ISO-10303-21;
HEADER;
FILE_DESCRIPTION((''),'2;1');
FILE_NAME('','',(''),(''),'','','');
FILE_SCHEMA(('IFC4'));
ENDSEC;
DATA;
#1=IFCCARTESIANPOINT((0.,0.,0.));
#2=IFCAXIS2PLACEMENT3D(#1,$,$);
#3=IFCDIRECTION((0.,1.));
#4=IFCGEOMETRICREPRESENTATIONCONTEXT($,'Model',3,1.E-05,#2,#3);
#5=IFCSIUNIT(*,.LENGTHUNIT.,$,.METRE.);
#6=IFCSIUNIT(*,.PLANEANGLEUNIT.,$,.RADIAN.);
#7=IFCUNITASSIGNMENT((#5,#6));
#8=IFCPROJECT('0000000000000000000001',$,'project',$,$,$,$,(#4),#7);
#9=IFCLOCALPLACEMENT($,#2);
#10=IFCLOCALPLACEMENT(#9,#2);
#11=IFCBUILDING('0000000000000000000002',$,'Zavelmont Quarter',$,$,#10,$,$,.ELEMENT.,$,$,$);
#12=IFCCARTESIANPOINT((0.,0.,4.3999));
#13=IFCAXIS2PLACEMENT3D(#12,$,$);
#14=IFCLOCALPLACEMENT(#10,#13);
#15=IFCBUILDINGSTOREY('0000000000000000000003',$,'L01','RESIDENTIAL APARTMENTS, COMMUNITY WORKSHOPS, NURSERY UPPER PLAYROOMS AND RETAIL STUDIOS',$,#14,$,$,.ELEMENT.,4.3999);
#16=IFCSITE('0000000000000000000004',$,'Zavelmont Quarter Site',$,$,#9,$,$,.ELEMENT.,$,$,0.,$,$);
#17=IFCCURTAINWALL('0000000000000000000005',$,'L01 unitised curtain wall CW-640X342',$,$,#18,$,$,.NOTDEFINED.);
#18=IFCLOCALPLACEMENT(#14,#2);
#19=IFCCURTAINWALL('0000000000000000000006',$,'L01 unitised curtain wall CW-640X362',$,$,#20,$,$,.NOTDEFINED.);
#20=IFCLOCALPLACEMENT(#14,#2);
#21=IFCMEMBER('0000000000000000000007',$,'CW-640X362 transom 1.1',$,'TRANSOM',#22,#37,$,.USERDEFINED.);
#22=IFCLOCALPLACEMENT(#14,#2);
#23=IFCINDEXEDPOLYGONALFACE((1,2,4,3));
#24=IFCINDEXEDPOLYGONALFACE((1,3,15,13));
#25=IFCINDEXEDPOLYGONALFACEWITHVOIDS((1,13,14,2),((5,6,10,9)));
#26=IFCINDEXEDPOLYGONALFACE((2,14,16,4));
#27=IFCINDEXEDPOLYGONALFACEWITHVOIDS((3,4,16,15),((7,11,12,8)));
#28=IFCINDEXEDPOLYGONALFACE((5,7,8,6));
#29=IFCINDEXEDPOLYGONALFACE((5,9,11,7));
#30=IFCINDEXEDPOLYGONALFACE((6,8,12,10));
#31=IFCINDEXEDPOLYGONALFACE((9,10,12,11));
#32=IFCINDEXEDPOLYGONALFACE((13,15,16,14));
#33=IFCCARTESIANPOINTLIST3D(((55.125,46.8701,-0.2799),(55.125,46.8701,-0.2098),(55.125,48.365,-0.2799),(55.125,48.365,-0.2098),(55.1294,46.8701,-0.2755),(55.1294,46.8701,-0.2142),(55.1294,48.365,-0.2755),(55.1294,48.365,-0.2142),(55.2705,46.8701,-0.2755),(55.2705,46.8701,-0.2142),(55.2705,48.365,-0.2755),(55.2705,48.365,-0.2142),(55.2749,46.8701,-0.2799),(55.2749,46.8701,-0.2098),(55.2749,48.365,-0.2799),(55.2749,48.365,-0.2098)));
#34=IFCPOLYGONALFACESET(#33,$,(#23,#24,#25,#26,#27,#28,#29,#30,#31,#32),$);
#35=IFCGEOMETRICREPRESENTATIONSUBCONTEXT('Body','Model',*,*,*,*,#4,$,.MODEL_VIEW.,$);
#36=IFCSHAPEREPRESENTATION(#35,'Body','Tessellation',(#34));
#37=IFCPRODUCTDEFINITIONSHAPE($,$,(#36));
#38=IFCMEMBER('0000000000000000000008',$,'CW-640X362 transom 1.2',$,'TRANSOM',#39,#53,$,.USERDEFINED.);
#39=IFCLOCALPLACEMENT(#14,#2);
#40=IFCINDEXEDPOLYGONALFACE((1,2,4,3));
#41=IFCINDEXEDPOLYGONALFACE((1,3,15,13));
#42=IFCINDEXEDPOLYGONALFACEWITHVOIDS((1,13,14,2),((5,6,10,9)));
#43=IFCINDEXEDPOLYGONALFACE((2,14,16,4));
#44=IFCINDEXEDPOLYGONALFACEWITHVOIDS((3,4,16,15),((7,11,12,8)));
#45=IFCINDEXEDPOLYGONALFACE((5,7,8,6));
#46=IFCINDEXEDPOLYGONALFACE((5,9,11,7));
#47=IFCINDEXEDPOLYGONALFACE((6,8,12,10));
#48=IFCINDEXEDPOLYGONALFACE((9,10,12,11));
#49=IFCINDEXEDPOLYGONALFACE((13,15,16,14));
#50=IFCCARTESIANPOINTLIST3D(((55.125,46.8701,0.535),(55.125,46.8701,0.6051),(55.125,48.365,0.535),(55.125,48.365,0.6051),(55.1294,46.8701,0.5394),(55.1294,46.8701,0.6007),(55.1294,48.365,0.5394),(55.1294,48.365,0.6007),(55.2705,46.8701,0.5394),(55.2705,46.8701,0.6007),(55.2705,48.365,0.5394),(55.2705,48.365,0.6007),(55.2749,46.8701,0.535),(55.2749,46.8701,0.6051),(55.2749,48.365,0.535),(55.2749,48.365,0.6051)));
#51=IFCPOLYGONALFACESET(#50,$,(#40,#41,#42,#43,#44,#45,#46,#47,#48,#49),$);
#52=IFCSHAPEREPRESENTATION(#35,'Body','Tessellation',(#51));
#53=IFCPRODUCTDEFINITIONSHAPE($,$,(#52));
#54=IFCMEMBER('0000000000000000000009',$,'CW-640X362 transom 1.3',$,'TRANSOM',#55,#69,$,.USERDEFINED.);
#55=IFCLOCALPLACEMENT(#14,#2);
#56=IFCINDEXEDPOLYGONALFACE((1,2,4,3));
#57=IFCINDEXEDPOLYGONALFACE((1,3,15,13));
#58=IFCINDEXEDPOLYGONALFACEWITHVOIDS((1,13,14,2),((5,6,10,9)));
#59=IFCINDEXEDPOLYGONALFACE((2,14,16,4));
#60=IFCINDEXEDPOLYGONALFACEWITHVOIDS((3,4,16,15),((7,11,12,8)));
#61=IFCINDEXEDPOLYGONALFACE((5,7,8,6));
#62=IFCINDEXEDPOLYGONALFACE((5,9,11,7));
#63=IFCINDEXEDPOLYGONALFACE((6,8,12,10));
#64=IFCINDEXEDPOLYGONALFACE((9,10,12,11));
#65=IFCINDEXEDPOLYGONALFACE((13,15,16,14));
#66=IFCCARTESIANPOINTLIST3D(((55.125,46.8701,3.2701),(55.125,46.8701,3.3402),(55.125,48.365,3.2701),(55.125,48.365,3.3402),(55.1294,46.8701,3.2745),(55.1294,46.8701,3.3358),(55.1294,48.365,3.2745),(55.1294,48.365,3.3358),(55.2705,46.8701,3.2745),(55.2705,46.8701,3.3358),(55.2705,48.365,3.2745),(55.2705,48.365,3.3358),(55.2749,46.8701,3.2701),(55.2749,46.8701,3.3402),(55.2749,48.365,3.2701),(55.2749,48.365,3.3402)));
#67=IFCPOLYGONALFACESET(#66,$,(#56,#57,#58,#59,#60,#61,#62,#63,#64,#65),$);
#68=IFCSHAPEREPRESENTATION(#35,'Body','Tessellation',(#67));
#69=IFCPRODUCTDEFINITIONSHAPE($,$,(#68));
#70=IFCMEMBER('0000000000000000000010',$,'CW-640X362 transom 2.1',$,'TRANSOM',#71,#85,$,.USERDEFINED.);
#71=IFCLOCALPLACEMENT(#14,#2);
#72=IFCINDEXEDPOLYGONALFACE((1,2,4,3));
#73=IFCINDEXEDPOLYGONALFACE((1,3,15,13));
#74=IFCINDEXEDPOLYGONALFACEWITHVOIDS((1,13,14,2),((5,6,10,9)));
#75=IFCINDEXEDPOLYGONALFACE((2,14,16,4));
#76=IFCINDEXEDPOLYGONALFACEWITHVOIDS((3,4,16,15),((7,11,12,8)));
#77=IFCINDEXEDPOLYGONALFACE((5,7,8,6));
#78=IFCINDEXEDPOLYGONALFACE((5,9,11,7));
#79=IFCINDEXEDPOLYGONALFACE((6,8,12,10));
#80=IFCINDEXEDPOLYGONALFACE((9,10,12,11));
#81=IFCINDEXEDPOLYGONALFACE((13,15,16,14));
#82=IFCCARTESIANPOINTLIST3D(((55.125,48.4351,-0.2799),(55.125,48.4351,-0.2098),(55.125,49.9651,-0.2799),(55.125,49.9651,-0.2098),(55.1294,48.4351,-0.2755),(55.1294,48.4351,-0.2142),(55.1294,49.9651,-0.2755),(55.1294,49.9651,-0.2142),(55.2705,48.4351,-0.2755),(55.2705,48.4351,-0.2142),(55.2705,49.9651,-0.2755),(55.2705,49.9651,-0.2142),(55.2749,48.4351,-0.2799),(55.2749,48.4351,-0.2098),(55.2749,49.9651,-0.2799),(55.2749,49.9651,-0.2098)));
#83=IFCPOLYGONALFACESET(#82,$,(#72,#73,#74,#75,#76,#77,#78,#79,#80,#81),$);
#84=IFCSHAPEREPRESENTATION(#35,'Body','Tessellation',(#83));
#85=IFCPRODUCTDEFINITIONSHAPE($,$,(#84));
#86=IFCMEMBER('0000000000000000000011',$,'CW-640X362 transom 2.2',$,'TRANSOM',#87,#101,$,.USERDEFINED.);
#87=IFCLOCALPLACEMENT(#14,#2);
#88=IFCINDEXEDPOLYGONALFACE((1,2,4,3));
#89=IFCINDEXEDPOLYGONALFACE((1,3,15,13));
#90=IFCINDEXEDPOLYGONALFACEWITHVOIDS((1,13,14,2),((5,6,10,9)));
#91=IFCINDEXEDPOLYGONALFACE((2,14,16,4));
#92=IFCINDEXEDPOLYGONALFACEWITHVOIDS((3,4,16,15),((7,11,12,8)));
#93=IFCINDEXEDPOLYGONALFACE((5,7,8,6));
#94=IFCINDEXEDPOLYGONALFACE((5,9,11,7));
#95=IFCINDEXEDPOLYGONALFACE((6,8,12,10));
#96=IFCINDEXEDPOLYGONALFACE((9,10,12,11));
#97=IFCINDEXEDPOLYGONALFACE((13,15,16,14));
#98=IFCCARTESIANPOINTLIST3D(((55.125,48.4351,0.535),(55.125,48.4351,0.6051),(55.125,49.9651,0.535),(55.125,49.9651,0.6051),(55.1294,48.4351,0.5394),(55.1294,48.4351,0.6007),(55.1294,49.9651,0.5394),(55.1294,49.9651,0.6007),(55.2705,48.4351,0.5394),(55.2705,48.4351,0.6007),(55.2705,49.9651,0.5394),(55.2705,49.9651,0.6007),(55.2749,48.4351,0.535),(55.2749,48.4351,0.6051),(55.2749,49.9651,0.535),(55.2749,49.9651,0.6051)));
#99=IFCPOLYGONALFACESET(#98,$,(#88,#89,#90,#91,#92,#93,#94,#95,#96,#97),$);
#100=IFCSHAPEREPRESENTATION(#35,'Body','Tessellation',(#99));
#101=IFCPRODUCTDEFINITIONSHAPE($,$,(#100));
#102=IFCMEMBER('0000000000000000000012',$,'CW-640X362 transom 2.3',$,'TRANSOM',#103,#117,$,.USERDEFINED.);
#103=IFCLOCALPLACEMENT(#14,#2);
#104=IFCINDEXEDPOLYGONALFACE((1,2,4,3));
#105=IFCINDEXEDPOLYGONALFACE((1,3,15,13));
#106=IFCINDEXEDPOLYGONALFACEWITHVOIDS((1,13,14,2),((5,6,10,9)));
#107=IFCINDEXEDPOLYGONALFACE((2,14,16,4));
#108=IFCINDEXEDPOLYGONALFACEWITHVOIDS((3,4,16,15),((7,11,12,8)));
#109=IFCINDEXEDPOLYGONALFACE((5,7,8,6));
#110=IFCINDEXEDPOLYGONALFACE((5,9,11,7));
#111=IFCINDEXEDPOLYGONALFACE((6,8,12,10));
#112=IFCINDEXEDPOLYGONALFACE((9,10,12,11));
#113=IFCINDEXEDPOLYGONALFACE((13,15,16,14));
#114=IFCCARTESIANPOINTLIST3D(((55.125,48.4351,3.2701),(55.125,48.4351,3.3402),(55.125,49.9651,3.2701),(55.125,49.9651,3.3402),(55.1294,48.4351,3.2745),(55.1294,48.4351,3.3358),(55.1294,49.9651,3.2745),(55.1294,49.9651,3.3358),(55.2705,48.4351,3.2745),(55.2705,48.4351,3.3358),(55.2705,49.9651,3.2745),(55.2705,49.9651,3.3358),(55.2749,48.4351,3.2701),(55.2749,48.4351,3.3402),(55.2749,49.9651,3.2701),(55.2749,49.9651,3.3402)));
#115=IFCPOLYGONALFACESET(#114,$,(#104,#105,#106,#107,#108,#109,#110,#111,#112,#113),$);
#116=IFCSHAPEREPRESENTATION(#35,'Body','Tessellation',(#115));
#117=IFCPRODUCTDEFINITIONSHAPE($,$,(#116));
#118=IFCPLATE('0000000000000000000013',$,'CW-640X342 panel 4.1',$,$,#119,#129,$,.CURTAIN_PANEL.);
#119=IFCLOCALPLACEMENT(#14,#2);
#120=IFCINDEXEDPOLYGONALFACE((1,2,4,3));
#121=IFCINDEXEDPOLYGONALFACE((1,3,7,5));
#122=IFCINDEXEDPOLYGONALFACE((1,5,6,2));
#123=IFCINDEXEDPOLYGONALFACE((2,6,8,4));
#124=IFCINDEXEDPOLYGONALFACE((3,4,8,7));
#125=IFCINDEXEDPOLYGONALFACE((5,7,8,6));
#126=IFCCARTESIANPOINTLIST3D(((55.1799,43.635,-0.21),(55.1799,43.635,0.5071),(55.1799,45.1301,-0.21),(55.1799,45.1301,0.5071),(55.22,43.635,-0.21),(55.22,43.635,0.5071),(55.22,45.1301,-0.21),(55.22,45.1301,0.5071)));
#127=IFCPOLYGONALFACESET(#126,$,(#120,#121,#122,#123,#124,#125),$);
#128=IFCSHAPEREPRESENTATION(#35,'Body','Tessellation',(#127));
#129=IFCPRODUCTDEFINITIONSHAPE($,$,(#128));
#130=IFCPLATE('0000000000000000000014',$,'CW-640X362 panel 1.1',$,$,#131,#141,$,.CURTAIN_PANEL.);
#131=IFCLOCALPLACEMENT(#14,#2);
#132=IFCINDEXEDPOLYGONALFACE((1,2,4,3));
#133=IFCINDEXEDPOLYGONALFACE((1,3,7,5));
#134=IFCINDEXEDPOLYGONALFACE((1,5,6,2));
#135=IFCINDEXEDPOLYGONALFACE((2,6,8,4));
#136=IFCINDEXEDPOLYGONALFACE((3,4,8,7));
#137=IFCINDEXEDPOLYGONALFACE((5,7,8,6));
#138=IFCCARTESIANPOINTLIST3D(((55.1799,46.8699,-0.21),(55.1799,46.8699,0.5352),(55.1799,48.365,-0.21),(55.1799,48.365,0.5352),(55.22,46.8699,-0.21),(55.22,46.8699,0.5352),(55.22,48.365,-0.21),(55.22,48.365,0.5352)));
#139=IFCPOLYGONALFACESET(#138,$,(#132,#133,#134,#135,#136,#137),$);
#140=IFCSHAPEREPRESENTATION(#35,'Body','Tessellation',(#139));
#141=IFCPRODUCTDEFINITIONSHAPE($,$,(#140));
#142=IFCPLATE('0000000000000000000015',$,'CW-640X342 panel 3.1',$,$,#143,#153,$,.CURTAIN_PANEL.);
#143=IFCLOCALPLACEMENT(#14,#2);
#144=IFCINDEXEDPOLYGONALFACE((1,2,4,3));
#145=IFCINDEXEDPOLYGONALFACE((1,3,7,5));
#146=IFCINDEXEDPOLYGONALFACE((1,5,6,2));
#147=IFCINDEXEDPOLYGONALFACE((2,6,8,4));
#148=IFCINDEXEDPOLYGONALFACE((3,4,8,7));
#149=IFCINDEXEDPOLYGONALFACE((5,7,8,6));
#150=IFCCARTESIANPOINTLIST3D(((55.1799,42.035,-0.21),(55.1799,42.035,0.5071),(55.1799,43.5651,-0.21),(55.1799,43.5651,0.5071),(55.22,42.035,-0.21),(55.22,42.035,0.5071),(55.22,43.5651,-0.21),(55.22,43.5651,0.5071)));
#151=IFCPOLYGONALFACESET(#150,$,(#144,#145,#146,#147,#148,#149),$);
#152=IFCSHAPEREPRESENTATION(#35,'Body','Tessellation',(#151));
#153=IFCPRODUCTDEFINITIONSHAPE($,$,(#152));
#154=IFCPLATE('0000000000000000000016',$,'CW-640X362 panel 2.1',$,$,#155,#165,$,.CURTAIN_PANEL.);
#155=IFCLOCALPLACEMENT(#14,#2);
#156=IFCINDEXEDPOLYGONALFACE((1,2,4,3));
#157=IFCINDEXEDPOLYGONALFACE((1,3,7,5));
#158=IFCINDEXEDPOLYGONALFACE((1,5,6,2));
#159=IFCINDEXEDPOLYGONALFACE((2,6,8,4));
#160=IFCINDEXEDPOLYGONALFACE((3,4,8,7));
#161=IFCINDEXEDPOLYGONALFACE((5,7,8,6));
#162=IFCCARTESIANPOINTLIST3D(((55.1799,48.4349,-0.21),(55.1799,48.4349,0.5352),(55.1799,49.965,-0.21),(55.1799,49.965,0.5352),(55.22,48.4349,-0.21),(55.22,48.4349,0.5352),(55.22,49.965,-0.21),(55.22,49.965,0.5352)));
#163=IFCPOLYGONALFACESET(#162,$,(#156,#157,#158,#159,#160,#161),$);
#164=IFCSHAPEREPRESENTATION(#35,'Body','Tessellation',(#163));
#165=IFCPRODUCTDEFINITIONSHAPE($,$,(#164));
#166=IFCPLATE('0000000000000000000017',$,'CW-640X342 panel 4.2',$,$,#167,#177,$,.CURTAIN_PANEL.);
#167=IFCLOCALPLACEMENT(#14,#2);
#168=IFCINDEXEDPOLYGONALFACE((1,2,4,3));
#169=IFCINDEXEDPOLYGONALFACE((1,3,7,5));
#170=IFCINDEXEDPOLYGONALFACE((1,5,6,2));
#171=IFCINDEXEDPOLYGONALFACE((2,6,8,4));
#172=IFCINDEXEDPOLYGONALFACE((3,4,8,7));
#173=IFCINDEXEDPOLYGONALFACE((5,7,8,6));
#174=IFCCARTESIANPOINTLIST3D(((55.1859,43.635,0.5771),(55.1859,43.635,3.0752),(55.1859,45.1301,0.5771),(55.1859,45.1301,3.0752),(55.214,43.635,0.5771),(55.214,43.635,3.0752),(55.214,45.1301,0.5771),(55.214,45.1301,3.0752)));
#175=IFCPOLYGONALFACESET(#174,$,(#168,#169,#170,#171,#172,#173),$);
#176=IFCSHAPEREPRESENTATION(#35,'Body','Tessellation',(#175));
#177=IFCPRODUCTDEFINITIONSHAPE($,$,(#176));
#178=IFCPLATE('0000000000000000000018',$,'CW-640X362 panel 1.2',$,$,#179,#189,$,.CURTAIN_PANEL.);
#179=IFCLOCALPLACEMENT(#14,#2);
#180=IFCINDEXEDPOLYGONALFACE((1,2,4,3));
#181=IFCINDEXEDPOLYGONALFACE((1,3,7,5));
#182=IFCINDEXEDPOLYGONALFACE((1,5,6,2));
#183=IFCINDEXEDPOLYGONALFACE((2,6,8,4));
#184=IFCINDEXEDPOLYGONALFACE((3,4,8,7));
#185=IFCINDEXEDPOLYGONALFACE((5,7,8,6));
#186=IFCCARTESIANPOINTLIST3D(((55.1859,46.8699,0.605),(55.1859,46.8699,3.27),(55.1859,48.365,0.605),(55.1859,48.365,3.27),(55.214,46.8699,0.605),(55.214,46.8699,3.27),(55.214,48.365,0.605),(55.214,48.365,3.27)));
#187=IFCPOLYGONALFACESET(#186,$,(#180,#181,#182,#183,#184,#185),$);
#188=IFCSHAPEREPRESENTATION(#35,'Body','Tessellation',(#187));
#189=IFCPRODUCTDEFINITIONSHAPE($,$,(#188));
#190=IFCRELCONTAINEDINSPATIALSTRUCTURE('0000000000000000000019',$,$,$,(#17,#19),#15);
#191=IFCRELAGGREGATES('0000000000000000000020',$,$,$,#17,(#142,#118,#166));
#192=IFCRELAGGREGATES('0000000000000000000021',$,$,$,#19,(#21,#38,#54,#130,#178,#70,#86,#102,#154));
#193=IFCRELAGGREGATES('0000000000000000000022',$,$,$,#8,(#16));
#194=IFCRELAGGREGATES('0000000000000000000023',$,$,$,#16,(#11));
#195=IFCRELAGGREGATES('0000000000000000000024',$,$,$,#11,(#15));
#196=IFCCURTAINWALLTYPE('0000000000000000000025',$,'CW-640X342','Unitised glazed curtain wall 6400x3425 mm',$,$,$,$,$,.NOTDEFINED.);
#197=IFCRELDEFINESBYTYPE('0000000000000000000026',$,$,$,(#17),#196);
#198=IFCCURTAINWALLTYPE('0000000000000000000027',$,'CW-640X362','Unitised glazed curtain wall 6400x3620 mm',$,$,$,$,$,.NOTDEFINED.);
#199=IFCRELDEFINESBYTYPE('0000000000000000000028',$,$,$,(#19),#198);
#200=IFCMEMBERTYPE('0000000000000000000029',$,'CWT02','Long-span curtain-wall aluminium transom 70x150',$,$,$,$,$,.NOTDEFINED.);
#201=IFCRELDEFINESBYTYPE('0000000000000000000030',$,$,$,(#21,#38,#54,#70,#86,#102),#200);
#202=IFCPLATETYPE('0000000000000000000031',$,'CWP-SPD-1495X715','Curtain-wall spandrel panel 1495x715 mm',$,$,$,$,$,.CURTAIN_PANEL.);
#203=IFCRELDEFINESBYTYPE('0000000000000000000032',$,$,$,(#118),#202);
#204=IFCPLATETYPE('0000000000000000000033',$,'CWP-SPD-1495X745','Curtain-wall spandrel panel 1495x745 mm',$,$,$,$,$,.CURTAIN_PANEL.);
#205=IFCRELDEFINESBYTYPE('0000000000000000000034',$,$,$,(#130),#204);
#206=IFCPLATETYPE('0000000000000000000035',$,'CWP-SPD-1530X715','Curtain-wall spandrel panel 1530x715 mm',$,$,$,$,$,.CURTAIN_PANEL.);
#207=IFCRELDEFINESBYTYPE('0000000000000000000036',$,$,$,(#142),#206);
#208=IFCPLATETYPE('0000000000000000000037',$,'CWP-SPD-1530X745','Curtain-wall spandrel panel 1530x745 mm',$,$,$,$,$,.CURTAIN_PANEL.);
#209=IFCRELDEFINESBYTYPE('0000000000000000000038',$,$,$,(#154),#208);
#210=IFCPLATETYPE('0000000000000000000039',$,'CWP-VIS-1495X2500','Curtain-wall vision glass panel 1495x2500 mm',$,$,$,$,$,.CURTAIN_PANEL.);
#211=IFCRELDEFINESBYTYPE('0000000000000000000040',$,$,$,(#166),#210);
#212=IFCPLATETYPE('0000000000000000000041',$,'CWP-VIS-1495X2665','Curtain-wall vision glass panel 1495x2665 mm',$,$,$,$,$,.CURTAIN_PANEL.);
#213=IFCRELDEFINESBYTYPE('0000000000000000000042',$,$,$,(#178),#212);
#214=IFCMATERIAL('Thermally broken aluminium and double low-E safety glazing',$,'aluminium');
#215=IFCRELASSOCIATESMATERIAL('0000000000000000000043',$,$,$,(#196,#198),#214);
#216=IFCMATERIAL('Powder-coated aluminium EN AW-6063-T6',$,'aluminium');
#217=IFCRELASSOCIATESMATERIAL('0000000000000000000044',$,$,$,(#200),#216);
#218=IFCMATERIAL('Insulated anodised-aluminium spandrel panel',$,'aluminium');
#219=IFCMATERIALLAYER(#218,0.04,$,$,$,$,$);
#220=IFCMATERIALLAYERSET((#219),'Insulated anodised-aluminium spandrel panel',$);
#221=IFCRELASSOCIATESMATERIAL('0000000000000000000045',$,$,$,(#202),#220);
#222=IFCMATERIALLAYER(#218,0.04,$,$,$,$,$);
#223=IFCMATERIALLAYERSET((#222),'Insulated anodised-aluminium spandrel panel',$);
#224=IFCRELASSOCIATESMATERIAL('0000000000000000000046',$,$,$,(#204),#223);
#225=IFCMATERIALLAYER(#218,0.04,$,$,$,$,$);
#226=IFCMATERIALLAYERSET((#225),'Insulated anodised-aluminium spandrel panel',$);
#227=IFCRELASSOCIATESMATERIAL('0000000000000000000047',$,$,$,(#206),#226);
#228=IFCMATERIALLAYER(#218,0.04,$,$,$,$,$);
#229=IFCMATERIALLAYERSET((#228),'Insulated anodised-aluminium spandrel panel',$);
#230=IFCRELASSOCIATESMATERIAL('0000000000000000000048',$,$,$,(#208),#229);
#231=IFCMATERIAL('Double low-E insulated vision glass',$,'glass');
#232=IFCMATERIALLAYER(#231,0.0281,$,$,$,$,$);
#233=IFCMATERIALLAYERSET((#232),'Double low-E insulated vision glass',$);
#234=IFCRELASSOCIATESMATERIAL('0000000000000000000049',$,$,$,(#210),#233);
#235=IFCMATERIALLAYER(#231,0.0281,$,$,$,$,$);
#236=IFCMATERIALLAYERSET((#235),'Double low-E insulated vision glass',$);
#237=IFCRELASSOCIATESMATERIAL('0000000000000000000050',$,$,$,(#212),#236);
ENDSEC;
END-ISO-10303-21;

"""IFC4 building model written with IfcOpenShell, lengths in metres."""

from ifc_helpers import new_model, si_unit, direction, frame, origin, origin_2d, place, context, subcontext, project, spatial, rectangle, hollow_rectangle, extrude, material, layer, layer_set, material_profile, profile_set, type_object, element, aggregate, save


model = new_model("IFC4")

# Units and contexts
model_context = context("Model", 3, precision=1e-05, world=origin(), true_north=direction((0.0, 1.0)))
body_context = subcontext(model_context, "Body", "Model", "MODEL_VIEW")
ifc_project = project(units=[si_unit("LENGTHUNIT", "METRE"), si_unit("PLANEANGLEUNIT", "RADIAN")], contexts=[model_context])

# Site, building, storey
site_placement = place(None, origin())
site = spatial("IfcSite", under=ifc_project, at=site_placement, Name="Zavelmont Quarter Site", CompositionType="ELEMENT", RefElevation=0.0)
building_placement = place(site_placement, origin())
building = spatial("IfcBuilding", under=site, at=building_placement, Name="Zavelmont Quarter", CompositionType="ELEMENT")
storey_placement = place(building_placement, frame((0.0, 0.0, 4.3999)))
storey = spatial("IfcBuildingStorey", under=building, at=storey_placement, Name="L01", Description="RESIDENTIAL APARTMENTS, COMMUNITY WORKSHOPS, NURSERY UPPER PLAYROOMS AND RETAIL STUDIOS", CompositionType="ELEMENT", Elevation=4.3999)

# Curtain walls
ifc_material_1 = material(Name="Thermally broken aluminium and double low-E safety glazing", Category="aluminium")
curtain_wall_type_1 = type_object("IfcCurtainWallType", Name="CW-640X342", Description="Unitised glazed curtain wall 6400x3425 mm", PredefinedType="NOTDEFINED", material=ifc_material_1)
curtain_wall_1_placement = place(storey_placement, origin())
curtain_wall_1 = element("IfcCurtainWall", 1, at=curtain_wall_1_placement, inside=storey, type_object=curtain_wall_type_1, Name="L01 unitised curtain wall CW-640X342", PredefinedType="NOTDEFINED")
ifc_material_2 = material(Name="Powder-coated aluminium EN AW-6063-T6", Category="aluminium")
curtain_wall_type_2 = type_object("IfcCurtainWallType", Name="CW-640X362", Description="Unitised glazed curtain wall 6400x3620 mm", PredefinedType="NOTDEFINED", material=ifc_material_1)
curtain_wall_2_placement = place(storey_placement, origin())
curtain_wall_2 = element("IfcCurtainWall", 2, at=curtain_wall_2_placement, inside=storey, type_object=curtain_wall_type_2, Name="L01 unitised curtain wall CW-640X362", PredefinedType="NOTDEFINED")

# Members
ifc_material_profile_1 = material_profile(ifc_material_2, hollow_rectangle(XDim=0.1499, YDim=0.0701, WallThickness=0.0044, at=origin_2d()), Name="CWT70X150")
ifc_profile_set_1 = profile_set([ifc_material_profile_1], Name="Powder-coated aluminium EN AW-6063-T6")
member_type_1 = type_object("IfcMemberType", Name="CWT02", Description="Long-span curtain-wall aluminium transom 70x150", PredefinedType="NOTDEFINED", material=ifc_profile_set_1)
member_1_placement = place(storey_placement, frame((55.2, 46.8701, -0.2449), z_axis=(0.0, 1.0, 0.0), x_axis=(-1.0, 0.0, 0.0)))
member_1 = element("IfcMember", 3, at=member_1_placement, type_object=member_type_1, Name="CW-640X362 transom 1.1", ObjectType="TRANSOM", PredefinedType="USERDEFINED", context=body_context, shape_type="SweptSolid", body=[
    extrude(hollow_rectangle(XDim=0.1499, YDim=0.0701, WallThickness=0.0044, at=origin_2d()), origin(), (0.0, 0.0, 1.0), 1.4949),
])
member_2_placement = place(storey_placement, frame((55.2, 46.8701, 0.5701), z_axis=(0.0, 1.0, 0.0), x_axis=(-1.0, 0.0, 0.0)))
member_2 = element("IfcMember", 4, at=member_2_placement, type_object=member_type_1, Name="CW-640X362 transom 1.2", ObjectType="TRANSOM", PredefinedType="USERDEFINED", context=body_context, shape_type="SweptSolid", body=[
    extrude(hollow_rectangle(XDim=0.1499, YDim=0.0701, WallThickness=0.0044, at=origin_2d()), origin(), (0.0, 0.0, 1.0), 1.4949),
])
member_3_placement = place(storey_placement, frame((55.2, 46.8701, 3.3052), z_axis=(0.0, 1.0, 0.0), x_axis=(-1.0, 0.0, 0.0)))
member_3 = element("IfcMember", 5, at=member_3_placement, type_object=member_type_1, Name="CW-640X362 transom 1.3", ObjectType="TRANSOM", PredefinedType="USERDEFINED", context=body_context, shape_type="SweptSolid", body=[
    extrude(hollow_rectangle(XDim=0.1499, YDim=0.0701, WallThickness=0.0044, at=origin_2d()), origin(), (0.0, 0.0, 1.0), 1.4949),
])
member_4_placement = place(storey_placement, frame((55.2, 48.4351, -0.2449), z_axis=(0.0, 1.0, 0.0), x_axis=(-1.0, 0.0, 0.0)))
member_4 = element("IfcMember", 6, at=member_4_placement, type_object=member_type_1, Name="CW-640X362 transom 2.1", ObjectType="TRANSOM", PredefinedType="USERDEFINED", context=body_context, shape_type="SweptSolid", body=[
    extrude(hollow_rectangle(XDim=0.1499, YDim=0.0701, WallThickness=0.0044, at=origin_2d()), origin(), (0.0, 0.0, 1.0), 1.53),
])
member_5_placement = place(storey_placement, frame((55.2, 48.4351, 0.5701), z_axis=(0.0, 1.0, 0.0), x_axis=(-1.0, 0.0, 0.0)))
member_5 = element("IfcMember", 7, at=member_5_placement, type_object=member_type_1, Name="CW-640X362 transom 2.2", ObjectType="TRANSOM", PredefinedType="USERDEFINED", context=body_context, shape_type="SweptSolid", body=[
    extrude(hollow_rectangle(XDim=0.1499, YDim=0.0701, WallThickness=0.0044, at=origin_2d()), origin(), (0.0, 0.0, 1.0), 1.53),
])
member_6_placement = place(storey_placement, frame((55.2, 48.4351, 3.3052), z_axis=(0.0, 1.0, 0.0), x_axis=(-1.0, 0.0, 0.0)))
member_6 = element("IfcMember", 8, at=member_6_placement, type_object=member_type_1, Name="CW-640X362 transom 2.3", ObjectType="TRANSOM", PredefinedType="USERDEFINED", context=body_context, shape_type="SweptSolid", body=[
    extrude(hollow_rectangle(XDim=0.1499, YDim=0.0701, WallThickness=0.0044, at=origin_2d()), origin(), (0.0, 0.0, 1.0), 1.53),
])

# Plates
ifc_material_3 = material(Name="Insulated anodised-aluminium spandrel panel", Category="aluminium")
ifc_layer_1 = layer(ifc_material_3, 0.04)
ifc_layer_set_1 = layer_set([ifc_layer_1], Name="Insulated anodised-aluminium spandrel panel")
plate_type_1 = type_object("IfcPlateType", Name="CWP-SPD-1495X715", Description="Curtain-wall spandrel panel 1495x715 mm", PredefinedType="CURTAIN_PANEL", material=ifc_layer_set_1)
plate_1_placement = place(storey_placement, frame((55.2, 44.3826, -0.21), z_axis=(0.0, 0.0, 1.0), x_axis=(0.0, 1.0, 0.0)))
plate_1 = element("IfcPlate", 9, at=plate_1_placement, type_object=plate_type_1, Name="CW-640X342 panel 4.1", PredefinedType="CURTAIN_PANEL", context=body_context, shape_type="SweptSolid", body=[
    extrude(rectangle(XDim=1.4951, YDim=0.04, at=origin_2d()), origin(), (0.0, 0.0, 1.0), 0.717),
])
ifc_layer_2 = layer(ifc_material_3, 0.04)
ifc_layer_set_2 = layer_set([ifc_layer_2], Name="Insulated anodised-aluminium spandrel panel")
plate_type_2 = type_object("IfcPlateType", Name="CWP-SPD-1495X745", Description="Curtain-wall spandrel panel 1495x745 mm", PredefinedType="CURTAIN_PANEL", material=ifc_layer_set_2)
plate_2_placement = place(storey_placement, frame((55.2, 47.6174, -0.21), z_axis=(0.0, 0.0, 1.0), x_axis=(0.0, 1.0, 0.0)))
plate_2 = element("IfcPlate", 10, at=plate_2_placement, type_object=plate_type_2, Name="CW-640X362 panel 1.1", PredefinedType="CURTAIN_PANEL", context=body_context, shape_type="SweptSolid", body=[
    extrude(rectangle(XDim=1.4951, YDim=0.04, at=origin_2d()), origin(), (0.0, 0.0, 1.0), 0.7451),
])
ifc_layer_3 = layer(ifc_material_3, 0.04)
ifc_layer_set_3 = layer_set([ifc_layer_3], Name="Insulated anodised-aluminium spandrel panel")
plate_type_3 = type_object("IfcPlateType", Name="CWP-SPD-1530X715", Description="Curtain-wall spandrel panel 1530x715 mm", PredefinedType="CURTAIN_PANEL", material=ifc_layer_set_3)
plate_3_placement = place(storey_placement, frame((55.2, 42.8, -0.21), z_axis=(0.0, 0.0, 1.0), x_axis=(0.0, 1.0, 0.0)))
plate_3 = element("IfcPlate", 11, at=plate_3_placement, type_object=plate_type_3, Name="CW-640X342 panel 3.1", PredefinedType="CURTAIN_PANEL", context=body_context, shape_type="SweptSolid", body=[
    extrude(rectangle(XDim=1.53, YDim=0.04, at=origin_2d()), origin(), (0.0, 0.0, 1.0), 0.717),
])
ifc_layer_4 = layer(ifc_material_3, 0.04)
ifc_layer_set_4 = layer_set([ifc_layer_4], Name="Insulated anodised-aluminium spandrel panel")
plate_type_4 = type_object("IfcPlateType", Name="CWP-SPD-1530X745", Description="Curtain-wall spandrel panel 1530x745 mm", PredefinedType="CURTAIN_PANEL", material=ifc_layer_set_4)
plate_4_placement = place(storey_placement, frame((55.2, 49.2, -0.21), z_axis=(0.0, 0.0, 1.0), x_axis=(0.0, 1.0, 0.0)))
plate_4 = element("IfcPlate", 12, at=plate_4_placement, type_object=plate_type_4, Name="CW-640X362 panel 2.1", PredefinedType="CURTAIN_PANEL", context=body_context, shape_type="SweptSolid", body=[
    extrude(rectangle(XDim=1.53, YDim=0.04, at=origin_2d()), origin(), (0.0, 0.0, 1.0), 0.7451),
])
ifc_material_4 = material(Name="Double low-E insulated vision glass", Category="glass")
ifc_layer_5 = layer(ifc_material_4, 0.0281)
ifc_layer_set_5 = layer_set([ifc_layer_5], Name="Double low-E insulated vision glass")
plate_type_5 = type_object("IfcPlateType", Name="CWP-VIS-1495X2500", Description="Curtain-wall vision glass panel 1495x2500 mm", PredefinedType="CURTAIN_PANEL", material=ifc_layer_set_5)
plate_5_placement = place(storey_placement, frame((55.2, 44.3826, 0.5771), z_axis=(0.0, 0.0, 1.0), x_axis=(0.0, 1.0, 0.0)))
plate_5 = element("IfcPlate", 13, at=plate_5_placement, type_object=plate_type_5, Name="CW-640X342 panel 4.2", PredefinedType="CURTAIN_PANEL", context=body_context, shape_type="SweptSolid", body=[
    extrude(rectangle(XDim=1.4951, YDim=0.0281, at=origin_2d()), origin(), (0.0, 0.0, 1.0), 2.498),
])
ifc_layer_6 = layer(ifc_material_4, 0.0281)
ifc_layer_set_6 = layer_set([ifc_layer_6], Name="Double low-E insulated vision glass")
plate_type_6 = type_object("IfcPlateType", Name="CWP-VIS-1495X2665", Description="Curtain-wall vision glass panel 1495x2665 mm", PredefinedType="CURTAIN_PANEL", material=ifc_layer_set_6)
plate_6_placement = place(storey_placement, frame((55.2, 47.6174, 0.605), z_axis=(0.0, 0.0, 1.0), x_axis=(0.0, 1.0, 0.0)))
plate_6 = element("IfcPlate", 14, at=plate_6_placement, type_object=plate_type_6, Name="CW-640X362 panel 1.2", PredefinedType="CURTAIN_PANEL", context=body_context, shape_type="SweptSolid", body=[
    extrude(rectangle(XDim=1.4951, YDim=0.0281, at=origin_2d()), origin(), (0.0, 0.0, 1.0), 2.665),
])
aggregate(curtain_wall_1, [plate_3, plate_1, plate_5])
aggregate(curtain_wall_2, [member_1, member_2, member_3, plate_2, plate_6, member_4, member_5, member_6, plate_4])

save(model, "model.ifc")
